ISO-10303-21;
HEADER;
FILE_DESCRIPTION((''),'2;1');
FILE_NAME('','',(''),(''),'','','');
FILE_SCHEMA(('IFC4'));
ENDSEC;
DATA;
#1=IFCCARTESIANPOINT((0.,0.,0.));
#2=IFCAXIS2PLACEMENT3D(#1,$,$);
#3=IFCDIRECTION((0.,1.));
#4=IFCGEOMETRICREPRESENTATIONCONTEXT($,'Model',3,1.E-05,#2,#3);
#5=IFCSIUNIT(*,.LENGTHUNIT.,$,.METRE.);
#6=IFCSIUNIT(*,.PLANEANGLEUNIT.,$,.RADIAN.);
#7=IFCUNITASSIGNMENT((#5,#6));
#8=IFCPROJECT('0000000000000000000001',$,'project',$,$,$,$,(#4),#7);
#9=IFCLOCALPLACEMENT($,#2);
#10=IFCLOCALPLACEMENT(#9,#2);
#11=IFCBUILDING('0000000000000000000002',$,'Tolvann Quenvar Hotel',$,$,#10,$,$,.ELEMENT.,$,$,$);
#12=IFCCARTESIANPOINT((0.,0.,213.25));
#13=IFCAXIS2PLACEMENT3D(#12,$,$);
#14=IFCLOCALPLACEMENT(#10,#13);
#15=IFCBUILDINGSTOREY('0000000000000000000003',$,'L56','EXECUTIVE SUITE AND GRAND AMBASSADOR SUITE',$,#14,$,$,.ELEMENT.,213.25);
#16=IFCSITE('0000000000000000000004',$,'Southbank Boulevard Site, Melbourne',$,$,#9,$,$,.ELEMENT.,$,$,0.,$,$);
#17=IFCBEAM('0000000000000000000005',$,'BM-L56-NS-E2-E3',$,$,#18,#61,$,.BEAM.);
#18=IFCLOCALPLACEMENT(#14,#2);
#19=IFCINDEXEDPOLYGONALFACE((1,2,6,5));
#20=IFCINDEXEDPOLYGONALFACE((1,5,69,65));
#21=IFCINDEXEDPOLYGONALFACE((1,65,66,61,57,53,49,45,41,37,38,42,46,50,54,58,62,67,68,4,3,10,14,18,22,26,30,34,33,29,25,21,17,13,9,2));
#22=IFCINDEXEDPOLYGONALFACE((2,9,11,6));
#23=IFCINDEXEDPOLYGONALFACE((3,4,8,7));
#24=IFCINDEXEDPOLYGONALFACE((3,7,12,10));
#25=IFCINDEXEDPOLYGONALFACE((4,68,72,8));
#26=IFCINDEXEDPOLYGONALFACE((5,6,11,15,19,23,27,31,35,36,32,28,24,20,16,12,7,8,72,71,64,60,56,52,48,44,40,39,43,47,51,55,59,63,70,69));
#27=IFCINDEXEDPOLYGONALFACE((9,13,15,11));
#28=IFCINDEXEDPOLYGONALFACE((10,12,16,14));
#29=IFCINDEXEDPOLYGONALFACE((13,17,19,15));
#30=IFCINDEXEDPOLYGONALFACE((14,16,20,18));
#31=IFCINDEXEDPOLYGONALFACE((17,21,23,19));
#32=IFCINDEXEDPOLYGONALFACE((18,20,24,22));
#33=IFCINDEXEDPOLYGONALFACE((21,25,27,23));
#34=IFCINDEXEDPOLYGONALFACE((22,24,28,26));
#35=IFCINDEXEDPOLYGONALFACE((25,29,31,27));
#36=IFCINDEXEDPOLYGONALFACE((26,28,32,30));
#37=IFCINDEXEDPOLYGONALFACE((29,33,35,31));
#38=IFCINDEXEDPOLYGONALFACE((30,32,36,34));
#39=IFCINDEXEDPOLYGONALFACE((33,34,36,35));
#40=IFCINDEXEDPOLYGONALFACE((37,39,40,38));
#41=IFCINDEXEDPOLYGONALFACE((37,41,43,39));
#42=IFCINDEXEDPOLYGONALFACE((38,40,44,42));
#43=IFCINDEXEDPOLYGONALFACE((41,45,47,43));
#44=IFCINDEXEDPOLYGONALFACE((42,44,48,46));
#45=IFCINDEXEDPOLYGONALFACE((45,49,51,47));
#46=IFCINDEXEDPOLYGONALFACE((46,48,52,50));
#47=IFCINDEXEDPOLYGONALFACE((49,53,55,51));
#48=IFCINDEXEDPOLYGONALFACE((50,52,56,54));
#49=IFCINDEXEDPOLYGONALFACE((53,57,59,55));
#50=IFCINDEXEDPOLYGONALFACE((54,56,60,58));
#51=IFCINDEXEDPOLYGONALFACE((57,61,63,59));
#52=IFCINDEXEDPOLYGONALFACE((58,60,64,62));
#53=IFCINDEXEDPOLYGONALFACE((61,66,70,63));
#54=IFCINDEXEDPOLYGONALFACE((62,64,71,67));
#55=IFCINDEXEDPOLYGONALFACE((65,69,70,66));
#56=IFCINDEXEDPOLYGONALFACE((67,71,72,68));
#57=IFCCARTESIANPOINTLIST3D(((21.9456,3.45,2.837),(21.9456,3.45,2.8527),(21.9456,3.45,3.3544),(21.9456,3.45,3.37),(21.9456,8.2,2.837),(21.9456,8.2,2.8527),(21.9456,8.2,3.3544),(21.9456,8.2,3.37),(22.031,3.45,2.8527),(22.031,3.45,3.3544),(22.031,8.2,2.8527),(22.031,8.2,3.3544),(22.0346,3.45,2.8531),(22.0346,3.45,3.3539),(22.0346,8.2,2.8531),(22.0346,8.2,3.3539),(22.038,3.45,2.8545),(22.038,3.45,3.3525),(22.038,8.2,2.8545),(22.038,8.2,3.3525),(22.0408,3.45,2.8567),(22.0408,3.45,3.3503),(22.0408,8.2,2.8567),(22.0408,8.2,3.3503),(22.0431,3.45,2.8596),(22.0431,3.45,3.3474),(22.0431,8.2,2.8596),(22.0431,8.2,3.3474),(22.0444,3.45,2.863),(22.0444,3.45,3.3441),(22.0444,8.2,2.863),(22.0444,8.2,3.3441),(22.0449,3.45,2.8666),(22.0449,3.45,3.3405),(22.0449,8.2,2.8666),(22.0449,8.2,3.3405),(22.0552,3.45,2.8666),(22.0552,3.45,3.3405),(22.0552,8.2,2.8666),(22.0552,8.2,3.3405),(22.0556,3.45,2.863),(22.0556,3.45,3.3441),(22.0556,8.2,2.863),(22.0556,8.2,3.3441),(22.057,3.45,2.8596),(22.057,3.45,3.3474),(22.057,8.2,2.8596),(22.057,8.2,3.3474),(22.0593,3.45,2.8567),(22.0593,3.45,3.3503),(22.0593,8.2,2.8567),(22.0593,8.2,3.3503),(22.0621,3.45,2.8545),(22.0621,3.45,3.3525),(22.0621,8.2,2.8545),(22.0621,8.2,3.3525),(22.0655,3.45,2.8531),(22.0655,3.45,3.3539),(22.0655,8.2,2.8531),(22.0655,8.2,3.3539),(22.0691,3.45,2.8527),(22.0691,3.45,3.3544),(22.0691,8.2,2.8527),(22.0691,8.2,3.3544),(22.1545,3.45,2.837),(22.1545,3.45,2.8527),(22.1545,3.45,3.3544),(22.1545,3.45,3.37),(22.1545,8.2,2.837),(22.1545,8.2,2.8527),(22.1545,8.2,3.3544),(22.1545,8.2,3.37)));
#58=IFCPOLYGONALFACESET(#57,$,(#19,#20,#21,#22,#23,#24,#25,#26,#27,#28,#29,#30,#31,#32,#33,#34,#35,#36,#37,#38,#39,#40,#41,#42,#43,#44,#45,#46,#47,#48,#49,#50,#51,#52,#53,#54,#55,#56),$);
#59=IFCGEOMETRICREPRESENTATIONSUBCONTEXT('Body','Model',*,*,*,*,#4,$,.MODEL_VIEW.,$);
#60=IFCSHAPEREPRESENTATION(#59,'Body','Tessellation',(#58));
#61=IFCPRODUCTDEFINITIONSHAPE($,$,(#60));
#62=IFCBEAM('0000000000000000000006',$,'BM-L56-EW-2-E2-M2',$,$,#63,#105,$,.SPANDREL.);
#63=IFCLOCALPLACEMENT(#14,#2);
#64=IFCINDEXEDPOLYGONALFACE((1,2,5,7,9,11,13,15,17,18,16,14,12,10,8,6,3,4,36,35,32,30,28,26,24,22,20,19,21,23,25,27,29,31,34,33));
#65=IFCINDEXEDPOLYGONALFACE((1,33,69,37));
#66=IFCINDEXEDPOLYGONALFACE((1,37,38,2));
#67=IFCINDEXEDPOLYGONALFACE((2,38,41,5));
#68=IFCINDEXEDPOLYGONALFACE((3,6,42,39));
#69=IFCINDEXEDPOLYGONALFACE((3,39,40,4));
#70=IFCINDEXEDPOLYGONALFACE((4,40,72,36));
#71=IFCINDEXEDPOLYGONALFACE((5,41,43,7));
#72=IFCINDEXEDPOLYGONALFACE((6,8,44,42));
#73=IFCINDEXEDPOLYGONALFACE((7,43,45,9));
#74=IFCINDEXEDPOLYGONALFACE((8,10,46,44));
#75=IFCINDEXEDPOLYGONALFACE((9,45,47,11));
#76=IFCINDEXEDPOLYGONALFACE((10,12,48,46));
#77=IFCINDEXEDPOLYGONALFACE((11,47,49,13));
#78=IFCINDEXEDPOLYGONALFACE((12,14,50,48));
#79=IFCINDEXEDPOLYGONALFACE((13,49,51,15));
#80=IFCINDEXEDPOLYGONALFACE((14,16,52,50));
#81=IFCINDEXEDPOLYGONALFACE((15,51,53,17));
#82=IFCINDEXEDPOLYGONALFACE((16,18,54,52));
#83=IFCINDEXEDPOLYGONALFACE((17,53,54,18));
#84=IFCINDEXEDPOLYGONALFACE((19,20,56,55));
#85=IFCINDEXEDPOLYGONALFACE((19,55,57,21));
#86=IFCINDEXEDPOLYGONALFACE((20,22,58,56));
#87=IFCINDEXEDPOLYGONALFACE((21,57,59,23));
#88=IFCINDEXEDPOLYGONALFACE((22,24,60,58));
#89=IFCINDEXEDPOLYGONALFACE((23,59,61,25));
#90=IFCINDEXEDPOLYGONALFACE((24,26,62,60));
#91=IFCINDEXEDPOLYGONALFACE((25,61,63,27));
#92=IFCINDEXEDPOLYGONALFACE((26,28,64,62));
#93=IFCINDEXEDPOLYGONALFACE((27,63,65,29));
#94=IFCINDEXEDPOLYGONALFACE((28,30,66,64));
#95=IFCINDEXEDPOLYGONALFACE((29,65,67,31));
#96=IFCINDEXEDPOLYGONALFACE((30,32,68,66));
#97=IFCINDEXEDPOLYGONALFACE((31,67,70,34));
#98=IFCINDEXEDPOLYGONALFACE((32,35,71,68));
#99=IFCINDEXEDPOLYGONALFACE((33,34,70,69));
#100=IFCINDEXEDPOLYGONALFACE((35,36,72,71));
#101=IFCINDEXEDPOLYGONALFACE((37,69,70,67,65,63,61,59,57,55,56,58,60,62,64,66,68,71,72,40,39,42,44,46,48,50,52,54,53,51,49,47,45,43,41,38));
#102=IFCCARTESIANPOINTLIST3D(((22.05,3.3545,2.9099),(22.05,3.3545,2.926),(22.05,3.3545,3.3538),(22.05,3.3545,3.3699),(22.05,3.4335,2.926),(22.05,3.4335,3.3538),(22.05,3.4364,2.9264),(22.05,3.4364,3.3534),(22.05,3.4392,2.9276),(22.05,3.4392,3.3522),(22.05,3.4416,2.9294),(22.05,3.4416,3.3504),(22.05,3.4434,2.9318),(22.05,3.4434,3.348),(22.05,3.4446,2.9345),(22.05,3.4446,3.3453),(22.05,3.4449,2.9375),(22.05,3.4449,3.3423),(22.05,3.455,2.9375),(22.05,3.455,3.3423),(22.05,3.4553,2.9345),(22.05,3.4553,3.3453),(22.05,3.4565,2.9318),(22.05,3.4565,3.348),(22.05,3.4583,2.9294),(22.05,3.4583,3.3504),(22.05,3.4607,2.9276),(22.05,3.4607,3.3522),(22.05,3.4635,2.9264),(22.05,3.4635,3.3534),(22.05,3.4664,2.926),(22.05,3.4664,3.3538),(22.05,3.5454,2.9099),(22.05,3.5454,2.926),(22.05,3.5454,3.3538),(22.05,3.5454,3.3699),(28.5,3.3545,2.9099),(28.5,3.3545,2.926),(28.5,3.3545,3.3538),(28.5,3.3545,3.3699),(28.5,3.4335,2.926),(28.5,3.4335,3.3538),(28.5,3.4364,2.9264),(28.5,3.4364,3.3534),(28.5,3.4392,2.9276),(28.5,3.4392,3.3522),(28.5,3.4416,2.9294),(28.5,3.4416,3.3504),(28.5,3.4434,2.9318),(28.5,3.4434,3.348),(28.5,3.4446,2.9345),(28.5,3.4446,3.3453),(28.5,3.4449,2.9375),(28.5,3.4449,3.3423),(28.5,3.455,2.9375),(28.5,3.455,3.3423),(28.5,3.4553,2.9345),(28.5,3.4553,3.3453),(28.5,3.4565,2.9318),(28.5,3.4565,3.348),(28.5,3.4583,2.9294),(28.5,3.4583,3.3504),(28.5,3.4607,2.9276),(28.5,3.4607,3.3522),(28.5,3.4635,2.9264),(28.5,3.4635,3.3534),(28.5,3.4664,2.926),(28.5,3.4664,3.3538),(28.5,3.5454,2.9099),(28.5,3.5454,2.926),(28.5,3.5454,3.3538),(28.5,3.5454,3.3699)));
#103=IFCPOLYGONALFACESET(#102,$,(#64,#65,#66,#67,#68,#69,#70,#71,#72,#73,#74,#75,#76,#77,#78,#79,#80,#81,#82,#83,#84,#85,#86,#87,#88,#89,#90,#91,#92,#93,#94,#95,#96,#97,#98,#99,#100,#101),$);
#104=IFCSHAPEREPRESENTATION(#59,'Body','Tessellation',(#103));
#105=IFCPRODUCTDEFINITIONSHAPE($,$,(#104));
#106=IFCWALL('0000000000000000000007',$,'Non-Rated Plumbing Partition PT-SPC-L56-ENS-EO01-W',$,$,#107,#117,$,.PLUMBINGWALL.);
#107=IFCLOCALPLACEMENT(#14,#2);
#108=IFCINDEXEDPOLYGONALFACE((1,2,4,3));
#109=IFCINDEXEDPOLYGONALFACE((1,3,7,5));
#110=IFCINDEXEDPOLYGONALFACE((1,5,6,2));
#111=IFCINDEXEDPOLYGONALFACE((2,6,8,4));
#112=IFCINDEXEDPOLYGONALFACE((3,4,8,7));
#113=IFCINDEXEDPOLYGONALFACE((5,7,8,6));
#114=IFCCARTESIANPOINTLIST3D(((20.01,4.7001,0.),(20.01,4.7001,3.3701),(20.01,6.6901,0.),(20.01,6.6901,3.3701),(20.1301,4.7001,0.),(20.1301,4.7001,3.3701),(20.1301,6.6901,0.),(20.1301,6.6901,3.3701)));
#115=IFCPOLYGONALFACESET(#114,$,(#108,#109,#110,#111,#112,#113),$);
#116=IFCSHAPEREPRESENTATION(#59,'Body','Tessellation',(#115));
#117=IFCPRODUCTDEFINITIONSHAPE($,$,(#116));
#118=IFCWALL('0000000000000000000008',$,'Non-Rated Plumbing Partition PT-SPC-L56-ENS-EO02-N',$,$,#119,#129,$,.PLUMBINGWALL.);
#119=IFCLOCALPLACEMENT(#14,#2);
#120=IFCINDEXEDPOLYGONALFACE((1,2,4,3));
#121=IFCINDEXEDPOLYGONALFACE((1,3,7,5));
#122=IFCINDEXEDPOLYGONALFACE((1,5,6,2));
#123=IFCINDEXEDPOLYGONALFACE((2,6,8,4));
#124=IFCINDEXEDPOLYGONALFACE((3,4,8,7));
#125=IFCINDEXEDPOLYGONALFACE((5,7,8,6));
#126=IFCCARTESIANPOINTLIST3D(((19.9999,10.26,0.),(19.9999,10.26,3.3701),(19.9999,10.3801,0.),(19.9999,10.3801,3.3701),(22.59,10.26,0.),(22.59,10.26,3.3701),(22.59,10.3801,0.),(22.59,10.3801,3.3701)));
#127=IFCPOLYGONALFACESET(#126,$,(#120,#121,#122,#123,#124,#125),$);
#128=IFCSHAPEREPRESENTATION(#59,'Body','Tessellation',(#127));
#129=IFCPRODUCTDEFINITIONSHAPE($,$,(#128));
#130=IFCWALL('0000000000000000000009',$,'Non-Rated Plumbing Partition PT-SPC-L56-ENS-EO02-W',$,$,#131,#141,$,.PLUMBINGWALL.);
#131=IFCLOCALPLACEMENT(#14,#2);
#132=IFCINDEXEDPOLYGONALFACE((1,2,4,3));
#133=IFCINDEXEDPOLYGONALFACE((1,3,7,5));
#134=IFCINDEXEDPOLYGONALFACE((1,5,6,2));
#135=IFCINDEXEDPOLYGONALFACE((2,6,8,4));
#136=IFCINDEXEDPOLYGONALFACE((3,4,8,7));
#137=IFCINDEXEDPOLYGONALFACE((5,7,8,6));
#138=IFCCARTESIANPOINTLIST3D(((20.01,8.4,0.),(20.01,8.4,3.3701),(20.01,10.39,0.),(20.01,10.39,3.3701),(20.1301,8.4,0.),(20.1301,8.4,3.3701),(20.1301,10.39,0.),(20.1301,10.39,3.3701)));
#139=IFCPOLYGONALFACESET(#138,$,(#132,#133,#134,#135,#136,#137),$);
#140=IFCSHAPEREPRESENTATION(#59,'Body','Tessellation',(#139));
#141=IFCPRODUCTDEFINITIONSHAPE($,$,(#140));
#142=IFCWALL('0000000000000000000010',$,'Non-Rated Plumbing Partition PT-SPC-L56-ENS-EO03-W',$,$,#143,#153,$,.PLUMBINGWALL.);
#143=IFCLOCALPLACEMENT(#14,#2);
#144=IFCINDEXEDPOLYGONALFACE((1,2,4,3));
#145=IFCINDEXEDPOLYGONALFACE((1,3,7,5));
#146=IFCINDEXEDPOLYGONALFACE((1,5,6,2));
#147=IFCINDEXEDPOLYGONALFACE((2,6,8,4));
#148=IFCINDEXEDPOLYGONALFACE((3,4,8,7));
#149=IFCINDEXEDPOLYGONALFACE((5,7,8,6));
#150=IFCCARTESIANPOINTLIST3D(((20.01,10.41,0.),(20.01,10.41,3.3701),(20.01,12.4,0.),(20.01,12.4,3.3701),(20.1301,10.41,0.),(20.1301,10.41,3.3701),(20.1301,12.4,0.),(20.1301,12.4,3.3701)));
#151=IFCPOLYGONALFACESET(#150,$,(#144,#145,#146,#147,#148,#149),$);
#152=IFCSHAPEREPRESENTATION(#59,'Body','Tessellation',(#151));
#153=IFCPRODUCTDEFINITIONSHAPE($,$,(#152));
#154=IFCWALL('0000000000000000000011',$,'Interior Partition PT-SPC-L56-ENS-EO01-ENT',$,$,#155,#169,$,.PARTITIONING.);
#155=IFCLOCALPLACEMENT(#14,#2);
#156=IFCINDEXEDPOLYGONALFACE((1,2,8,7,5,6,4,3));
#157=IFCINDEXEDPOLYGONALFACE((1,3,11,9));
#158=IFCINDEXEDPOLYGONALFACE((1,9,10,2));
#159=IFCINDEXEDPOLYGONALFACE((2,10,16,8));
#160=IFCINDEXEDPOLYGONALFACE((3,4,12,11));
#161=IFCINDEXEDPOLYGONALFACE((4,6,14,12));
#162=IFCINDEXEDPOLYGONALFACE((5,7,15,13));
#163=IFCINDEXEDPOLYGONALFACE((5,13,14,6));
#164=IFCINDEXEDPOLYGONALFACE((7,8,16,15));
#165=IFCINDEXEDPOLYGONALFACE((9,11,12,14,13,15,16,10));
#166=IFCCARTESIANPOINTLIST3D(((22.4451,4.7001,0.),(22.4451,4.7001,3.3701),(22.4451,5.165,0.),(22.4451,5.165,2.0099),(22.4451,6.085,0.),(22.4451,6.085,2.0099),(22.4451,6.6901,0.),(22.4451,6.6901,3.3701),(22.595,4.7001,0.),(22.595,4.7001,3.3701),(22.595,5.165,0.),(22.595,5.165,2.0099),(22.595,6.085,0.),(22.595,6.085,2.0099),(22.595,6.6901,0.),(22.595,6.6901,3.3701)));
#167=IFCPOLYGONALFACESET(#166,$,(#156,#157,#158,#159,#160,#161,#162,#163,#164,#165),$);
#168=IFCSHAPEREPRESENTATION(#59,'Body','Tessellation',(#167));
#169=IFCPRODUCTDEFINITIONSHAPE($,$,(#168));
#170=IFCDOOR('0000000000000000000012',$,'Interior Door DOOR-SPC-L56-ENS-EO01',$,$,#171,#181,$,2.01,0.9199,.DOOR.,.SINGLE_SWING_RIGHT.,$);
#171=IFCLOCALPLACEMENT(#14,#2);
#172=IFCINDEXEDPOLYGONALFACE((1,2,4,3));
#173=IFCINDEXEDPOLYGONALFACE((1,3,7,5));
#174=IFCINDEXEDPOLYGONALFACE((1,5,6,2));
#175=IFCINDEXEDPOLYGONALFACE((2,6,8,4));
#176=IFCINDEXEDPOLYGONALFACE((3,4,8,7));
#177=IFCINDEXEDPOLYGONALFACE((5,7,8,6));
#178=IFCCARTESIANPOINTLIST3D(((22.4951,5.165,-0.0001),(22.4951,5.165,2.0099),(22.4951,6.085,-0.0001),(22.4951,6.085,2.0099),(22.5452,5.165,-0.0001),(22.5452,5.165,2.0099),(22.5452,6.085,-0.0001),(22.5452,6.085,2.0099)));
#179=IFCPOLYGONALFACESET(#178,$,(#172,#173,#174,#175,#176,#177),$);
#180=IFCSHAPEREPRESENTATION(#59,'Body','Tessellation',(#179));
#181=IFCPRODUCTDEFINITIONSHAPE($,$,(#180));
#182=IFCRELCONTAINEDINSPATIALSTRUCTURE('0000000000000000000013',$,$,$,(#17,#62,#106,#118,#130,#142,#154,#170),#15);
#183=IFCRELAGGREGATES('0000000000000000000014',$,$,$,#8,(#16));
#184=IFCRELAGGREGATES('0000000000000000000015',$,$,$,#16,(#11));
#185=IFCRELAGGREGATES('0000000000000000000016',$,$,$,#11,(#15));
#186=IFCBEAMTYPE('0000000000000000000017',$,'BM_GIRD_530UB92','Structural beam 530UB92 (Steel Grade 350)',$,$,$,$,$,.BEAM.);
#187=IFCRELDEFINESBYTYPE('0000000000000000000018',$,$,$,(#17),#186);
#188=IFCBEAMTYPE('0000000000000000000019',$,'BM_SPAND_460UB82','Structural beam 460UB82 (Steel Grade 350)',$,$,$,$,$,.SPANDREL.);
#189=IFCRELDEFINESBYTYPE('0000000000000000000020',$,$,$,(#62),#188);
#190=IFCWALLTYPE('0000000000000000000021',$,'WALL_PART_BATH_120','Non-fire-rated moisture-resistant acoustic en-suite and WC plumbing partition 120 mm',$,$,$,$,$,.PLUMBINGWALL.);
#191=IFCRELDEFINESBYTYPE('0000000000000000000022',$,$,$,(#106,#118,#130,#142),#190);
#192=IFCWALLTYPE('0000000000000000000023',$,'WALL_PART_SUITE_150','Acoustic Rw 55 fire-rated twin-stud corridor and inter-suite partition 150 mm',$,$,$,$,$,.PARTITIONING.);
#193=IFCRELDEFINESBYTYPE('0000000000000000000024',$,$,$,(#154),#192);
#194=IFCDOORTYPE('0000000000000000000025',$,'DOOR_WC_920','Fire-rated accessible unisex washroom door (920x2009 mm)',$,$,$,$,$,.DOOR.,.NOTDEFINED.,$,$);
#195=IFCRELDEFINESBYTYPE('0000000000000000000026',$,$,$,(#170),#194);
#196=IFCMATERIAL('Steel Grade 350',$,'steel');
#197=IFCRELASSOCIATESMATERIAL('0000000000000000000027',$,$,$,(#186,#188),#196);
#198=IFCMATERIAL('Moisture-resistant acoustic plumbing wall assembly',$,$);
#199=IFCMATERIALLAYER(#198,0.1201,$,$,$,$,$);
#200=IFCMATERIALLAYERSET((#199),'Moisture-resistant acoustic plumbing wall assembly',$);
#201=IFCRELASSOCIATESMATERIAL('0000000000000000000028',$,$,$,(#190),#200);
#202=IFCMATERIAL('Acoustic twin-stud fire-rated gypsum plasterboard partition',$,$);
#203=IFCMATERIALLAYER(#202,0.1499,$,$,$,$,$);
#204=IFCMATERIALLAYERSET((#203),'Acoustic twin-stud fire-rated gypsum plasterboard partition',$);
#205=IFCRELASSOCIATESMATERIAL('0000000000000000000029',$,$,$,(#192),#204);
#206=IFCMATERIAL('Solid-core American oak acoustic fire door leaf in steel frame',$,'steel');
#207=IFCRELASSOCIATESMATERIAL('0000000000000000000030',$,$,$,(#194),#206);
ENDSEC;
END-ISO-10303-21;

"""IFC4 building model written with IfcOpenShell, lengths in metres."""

from ifc_helpers import new_model, si_unit, direction, frame, frame_2d, origin, origin_2d, place, context, subcontext, project, spatial, rectangle, i_section, extrude, source, transform, mapped, material, layer, layer_set, material_profile, profile_set, type_object, type_shapes, element, fill, save


model = new_model("IFC4")

# Units and contexts
model_context = context("Model", 3, precision=1e-05, world=origin(), true_north=direction((0.0, 1.0)))
body_context = subcontext(model_context, "Body", "Model", "MODEL_VIEW")
ifc_project = project(units=[si_unit("LENGTHUNIT", "METRE"), si_unit("PLANEANGLEUNIT", "RADIAN")], contexts=[model_context])

# Site, building, storey
site_placement = place(None, origin())
site = spatial("IfcSite", under=ifc_project, at=site_placement, Name="Southbank Boulevard Site, Melbourne", CompositionType="ELEMENT", RefElevation=0.0)
building_placement = place(site_placement, origin())
building = spatial("IfcBuilding", under=site, at=building_placement, Name="Tolvann Quenvar Hotel", CompositionType="ELEMENT")
storey_placement = place(building_placement, frame((0.0, 0.0, 213.25)))
storey = spatial("IfcBuildingStorey", under=building, at=storey_placement, Name="L56", Description="EXECUTIVE SUITE AND GRAND AMBASSADOR SUITE", CompositionType="ELEMENT", Elevation=213.25)

# Shared definitions
ifc_material_1 = material(Name="Steel Grade 350", Category="steel")

# Beams
ifc_material_profile_1 = material_profile(ifc_material_1, i_section(OverallWidth=0.209, OverallDepth=0.533, WebThickness=0.0103, FlangeThickness=0.0156, FilletRadius=0.0139, at=origin_2d()), Name="530UB92")
ifc_profile_set_1 = profile_set([ifc_material_profile_1], Name="Steel Grade 350")
beam_type_1 = type_object("IfcBeamType", Name="BM_GIRD_530UB92", Description="Structural beam 530UB92 (Steel Grade 350)", PredefinedType="BEAM", material=ifc_profile_set_1)
shared_shape_1 = source(origin(), body_context, "Body", "SweptSolid", [
    extrude(i_section(OverallWidth=0.209, OverallDepth=0.533, WebThickness=0.0103, FlangeThickness=0.0156, FilletRadius=0.0139, at=origin_2d()), origin(), (0.0, 0.0, 1.0), 4.75),
])
beam_1_placement = place(storey_placement, frame((22.05, 3.45, 3.1035), z_axis=(0.0, 1.0, 0.0), x_axis=(-1.0, 0.0, 0.0)))
element("IfcBeam", 1, at=beam_1_placement, inside=storey, type_object=beam_type_1, Name="BM-L56-NS-E2-E3", PredefinedType="BEAM", context=body_context, shape_type="MappedRepresentation", body=[
    mapped(shared_shape_1, transform((0.0, 0.0, 0.0), x_axis=(1.0, 0.0, 0.0), y_axis=(0.0, 1.0, 0.0), z_axis=(0.0, 0.0, 1.0), scale=1.0)),
])
ifc_material_profile_2 = material_profile(ifc_material_1, i_section(OverallWidth=0.1909, OverallDepth=0.46, WebThickness=0.01, FlangeThickness=0.0161, FilletRadius=0.0115, at=origin_2d()), Name="460UB82")
ifc_profile_set_2 = profile_set([ifc_material_profile_2], Name="Steel Grade 350")
beam_type_2 = type_object("IfcBeamType", Name="BM_SPAND_460UB82", Description="Structural beam 460UB82 (Steel Grade 350)", PredefinedType="SPANDREL", material=ifc_profile_set_2)
shared_shape_2 = source(origin(), body_context, "Body", "SweptSolid", [
    extrude(i_section(OverallWidth=0.1909, OverallDepth=0.46, WebThickness=0.01, FlangeThickness=0.0161, FilletRadius=0.0115, at=origin_2d()), origin(), (0.0, 0.0, 1.0), 6.45),
])
type_shapes(beam_type_2, [shared_shape_2])
beam_2_placement = place(storey_placement, frame((22.05, 3.45, 3.1399), z_axis=(1.0, 0.0, 0.0), x_axis=(0.0, 1.0, 0.0)))
element("IfcBeam", 2, at=beam_2_placement, inside=storey, type_object=beam_type_2, Name="BM-L56-EW-2-E2-M2", PredefinedType="SPANDREL", context=body_context, shape_type="MappedRepresentation", body=[
    mapped(shared_shape_2, transform((0.0, 0.0, 0.0), x_axis=(1.0, 0.0, 0.0), y_axis=(0.0, 1.0, 0.0), z_axis=(0.0, 0.0, 1.0), scale=1.0)),
])

# Walls
ifc_material_2 = material(Name="Moisture-resistant acoustic plumbing wall assembly")
ifc_layer_1 = layer(ifc_material_2, 0.1201)
ifc_layer_set_1 = layer_set([ifc_layer_1], Name="Moisture-resistant acoustic plumbing wall assembly")
wall_type_1 = type_object("IfcWallType", Name="WALL_PART_BATH_120", Description="Non-fire-rated moisture-resistant acoustic en-suite and WC plumbing partition 120 mm", PredefinedType="PLUMBINGWALL", material=ifc_layer_set_1)
wall_1_placement = place(storey_placement, frame((20.0701, 4.7, 0.0), z_axis=(0.0, 0.0, 1.0), x_axis=(0.0, 1.0, 0.0)))
element("IfcWall", 3, at=wall_1_placement, inside=storey, type_object=wall_type_1, Name="Non-Rated Plumbing Partition PT-SPC-L56-ENS-EO01-W", PredefinedType="PLUMBINGWALL", context=body_context, shape_type="SweptSolid", body=[
    extrude(rectangle(XDim=1.99, YDim=0.1201, at=frame_2d((0.9951, 0.0))), origin(), (0.0, 0.0, 1.0), 3.3701),
])
wall_2_placement = place(storey_placement, frame((20.0, 10.3201, 0.0), z_axis=(0.0, 0.0, 1.0), x_axis=(1.0, 0.0, 0.0)))
element("IfcWall", 4, at=wall_2_placement, inside=storey, type_object=wall_type_1, Name="Non-Rated Plumbing Partition PT-SPC-L56-ENS-EO02-N", PredefinedType="PLUMBINGWALL", context=body_context, shape_type="SweptSolid", body=[
    extrude(rectangle(XDim=2.5901, YDim=0.1201, at=frame_2d((1.2949, 0.0))), origin(), (0.0, 0.0, 1.0), 3.3701),
])
for number, where, z_axis, x_axis, name in (
    (5, (20.0701, 8.3999, 0.0), (0.0, 0.0, 1.0), (0.0, 1.0, 0.0), "Non-Rated Plumbing Partition PT-SPC-L56-ENS-EO02-W"),
    (6, (20.0701, 10.4099, 0.0), (0.0, 0.0, 1.0), (0.0, 1.0, 0.0), "Non-Rated Plumbing Partition PT-SPC-L56-ENS-EO03-W"),
):
    element("IfcWall", number, at=place(storey_placement, frame(where, z_axis=z_axis, x_axis=x_axis)), inside=storey, type_object=wall_type_1, Name=name, PredefinedType="PLUMBINGWALL", context=body_context, shape_type="SweptSolid", body=[
        extrude(rectangle(XDim=1.99, YDim=0.1201, at=frame_2d((0.9951, 0.0))), origin(), (0.0, 0.0, 1.0), 3.3701),
    ])

# Wall, opening, door
ifc_material_3 = material(Name="Acoustic twin-stud fire-rated gypsum plasterboard partition")
ifc_layer_2 = layer(ifc_material_3, 0.1499)
ifc_layer_set_2 = layer_set([ifc_layer_2], Name="Acoustic twin-stud fire-rated gypsum plasterboard partition")
wall_type_2 = type_object("IfcWallType", Name="WALL_PART_SUITE_150", Description="Acoustic Rw 55 fire-rated twin-stud corridor and inter-suite partition 150 mm", PredefinedType="PARTITIONING", material=ifc_layer_set_2)
wall_3_placement = place(storey_placement, frame((22.52, 4.7, 0.0), z_axis=(0.0, 0.0, 1.0), x_axis=(0.0, 1.0, 0.0)))
wall_3 = element("IfcWall", 7, at=wall_3_placement, inside=storey, type_object=wall_type_2, Name="Interior Partition PT-SPC-L56-ENS-EO01-ENT", PredefinedType="PARTITIONING", context=body_context, shape_type="SweptSolid", body=[
    extrude(rectangle(XDim=1.99, YDim=0.1499, at=frame_2d((0.9951, 0.0))), origin(), (0.0, 0.0, 1.0), 3.3701),
])
opening_1_placement = place(wall_3_placement, frame((0.4651, 0.0, 0.0)))
opening_1 = element("IfcOpeningElement", 8, at=opening_1_placement, cuts=wall_3, PredefinedType="OPENING", context=body_context, shape_type="SweptSolid", body=[
    extrude(rectangle(XDim=0.9199, YDim=2.01, at=frame_2d((0.46, 1.0049))), frame((0.0, 0.085, 0.0), z_axis=(0.0, -1.0, 0.0), x_axis=(1.0, 0.0, 0.0)), (0.0, 0.0, 1.0), 0.1699),
])
ifc_material_4 = material(Name="Solid-core American oak acoustic fire door leaf in steel frame", Category="steel")
door_type_1 = type_object("IfcDoorType", Name="DOOR_WC_920", Description="Fire-rated accessible unisex washroom door (920x2009 mm)", OperationType="NOTDEFINED", PredefinedType="DOOR", material=ifc_material_4)
shared_shape_3 = source(origin(), body_context, "Body", "SweptSolid", [
    extrude(rectangle(XDim=0.9199, YDim=2.01, at=frame_2d((0.46, 1.0049))), frame((0.0, 0.0249, 0.0), z_axis=(0.0, -1.0, 0.0), x_axis=(1.0, 0.0, 0.0)), (0.0, 0.0, 1.0), 0.05),
])
type_shapes(door_type_1, [shared_shape_3])
door_1_placement = place(opening_1_placement, origin())
door_1 = element("IfcDoor", 9, at=door_1_placement, inside=storey, type_object=door_type_1, Name="Interior Door DOOR-SPC-L56-ENS-EO01", OperationType="SINGLE_SWING_RIGHT", OverallHeight=2.01, OverallWidth=0.9199, PredefinedType="DOOR", context=body_context, shape_type="MappedRepresentation", body=[
    mapped(shared_shape_3, transform((0.0, 0.0, 0.0), x_axis=(1.0, 0.0, 0.0), y_axis=(0.0, 1.0, 0.0), z_axis=(0.0, 0.0, 1.0), scale=1.0)),
])
fill(opening_1, door_1)

save(model, "model.ifc")
